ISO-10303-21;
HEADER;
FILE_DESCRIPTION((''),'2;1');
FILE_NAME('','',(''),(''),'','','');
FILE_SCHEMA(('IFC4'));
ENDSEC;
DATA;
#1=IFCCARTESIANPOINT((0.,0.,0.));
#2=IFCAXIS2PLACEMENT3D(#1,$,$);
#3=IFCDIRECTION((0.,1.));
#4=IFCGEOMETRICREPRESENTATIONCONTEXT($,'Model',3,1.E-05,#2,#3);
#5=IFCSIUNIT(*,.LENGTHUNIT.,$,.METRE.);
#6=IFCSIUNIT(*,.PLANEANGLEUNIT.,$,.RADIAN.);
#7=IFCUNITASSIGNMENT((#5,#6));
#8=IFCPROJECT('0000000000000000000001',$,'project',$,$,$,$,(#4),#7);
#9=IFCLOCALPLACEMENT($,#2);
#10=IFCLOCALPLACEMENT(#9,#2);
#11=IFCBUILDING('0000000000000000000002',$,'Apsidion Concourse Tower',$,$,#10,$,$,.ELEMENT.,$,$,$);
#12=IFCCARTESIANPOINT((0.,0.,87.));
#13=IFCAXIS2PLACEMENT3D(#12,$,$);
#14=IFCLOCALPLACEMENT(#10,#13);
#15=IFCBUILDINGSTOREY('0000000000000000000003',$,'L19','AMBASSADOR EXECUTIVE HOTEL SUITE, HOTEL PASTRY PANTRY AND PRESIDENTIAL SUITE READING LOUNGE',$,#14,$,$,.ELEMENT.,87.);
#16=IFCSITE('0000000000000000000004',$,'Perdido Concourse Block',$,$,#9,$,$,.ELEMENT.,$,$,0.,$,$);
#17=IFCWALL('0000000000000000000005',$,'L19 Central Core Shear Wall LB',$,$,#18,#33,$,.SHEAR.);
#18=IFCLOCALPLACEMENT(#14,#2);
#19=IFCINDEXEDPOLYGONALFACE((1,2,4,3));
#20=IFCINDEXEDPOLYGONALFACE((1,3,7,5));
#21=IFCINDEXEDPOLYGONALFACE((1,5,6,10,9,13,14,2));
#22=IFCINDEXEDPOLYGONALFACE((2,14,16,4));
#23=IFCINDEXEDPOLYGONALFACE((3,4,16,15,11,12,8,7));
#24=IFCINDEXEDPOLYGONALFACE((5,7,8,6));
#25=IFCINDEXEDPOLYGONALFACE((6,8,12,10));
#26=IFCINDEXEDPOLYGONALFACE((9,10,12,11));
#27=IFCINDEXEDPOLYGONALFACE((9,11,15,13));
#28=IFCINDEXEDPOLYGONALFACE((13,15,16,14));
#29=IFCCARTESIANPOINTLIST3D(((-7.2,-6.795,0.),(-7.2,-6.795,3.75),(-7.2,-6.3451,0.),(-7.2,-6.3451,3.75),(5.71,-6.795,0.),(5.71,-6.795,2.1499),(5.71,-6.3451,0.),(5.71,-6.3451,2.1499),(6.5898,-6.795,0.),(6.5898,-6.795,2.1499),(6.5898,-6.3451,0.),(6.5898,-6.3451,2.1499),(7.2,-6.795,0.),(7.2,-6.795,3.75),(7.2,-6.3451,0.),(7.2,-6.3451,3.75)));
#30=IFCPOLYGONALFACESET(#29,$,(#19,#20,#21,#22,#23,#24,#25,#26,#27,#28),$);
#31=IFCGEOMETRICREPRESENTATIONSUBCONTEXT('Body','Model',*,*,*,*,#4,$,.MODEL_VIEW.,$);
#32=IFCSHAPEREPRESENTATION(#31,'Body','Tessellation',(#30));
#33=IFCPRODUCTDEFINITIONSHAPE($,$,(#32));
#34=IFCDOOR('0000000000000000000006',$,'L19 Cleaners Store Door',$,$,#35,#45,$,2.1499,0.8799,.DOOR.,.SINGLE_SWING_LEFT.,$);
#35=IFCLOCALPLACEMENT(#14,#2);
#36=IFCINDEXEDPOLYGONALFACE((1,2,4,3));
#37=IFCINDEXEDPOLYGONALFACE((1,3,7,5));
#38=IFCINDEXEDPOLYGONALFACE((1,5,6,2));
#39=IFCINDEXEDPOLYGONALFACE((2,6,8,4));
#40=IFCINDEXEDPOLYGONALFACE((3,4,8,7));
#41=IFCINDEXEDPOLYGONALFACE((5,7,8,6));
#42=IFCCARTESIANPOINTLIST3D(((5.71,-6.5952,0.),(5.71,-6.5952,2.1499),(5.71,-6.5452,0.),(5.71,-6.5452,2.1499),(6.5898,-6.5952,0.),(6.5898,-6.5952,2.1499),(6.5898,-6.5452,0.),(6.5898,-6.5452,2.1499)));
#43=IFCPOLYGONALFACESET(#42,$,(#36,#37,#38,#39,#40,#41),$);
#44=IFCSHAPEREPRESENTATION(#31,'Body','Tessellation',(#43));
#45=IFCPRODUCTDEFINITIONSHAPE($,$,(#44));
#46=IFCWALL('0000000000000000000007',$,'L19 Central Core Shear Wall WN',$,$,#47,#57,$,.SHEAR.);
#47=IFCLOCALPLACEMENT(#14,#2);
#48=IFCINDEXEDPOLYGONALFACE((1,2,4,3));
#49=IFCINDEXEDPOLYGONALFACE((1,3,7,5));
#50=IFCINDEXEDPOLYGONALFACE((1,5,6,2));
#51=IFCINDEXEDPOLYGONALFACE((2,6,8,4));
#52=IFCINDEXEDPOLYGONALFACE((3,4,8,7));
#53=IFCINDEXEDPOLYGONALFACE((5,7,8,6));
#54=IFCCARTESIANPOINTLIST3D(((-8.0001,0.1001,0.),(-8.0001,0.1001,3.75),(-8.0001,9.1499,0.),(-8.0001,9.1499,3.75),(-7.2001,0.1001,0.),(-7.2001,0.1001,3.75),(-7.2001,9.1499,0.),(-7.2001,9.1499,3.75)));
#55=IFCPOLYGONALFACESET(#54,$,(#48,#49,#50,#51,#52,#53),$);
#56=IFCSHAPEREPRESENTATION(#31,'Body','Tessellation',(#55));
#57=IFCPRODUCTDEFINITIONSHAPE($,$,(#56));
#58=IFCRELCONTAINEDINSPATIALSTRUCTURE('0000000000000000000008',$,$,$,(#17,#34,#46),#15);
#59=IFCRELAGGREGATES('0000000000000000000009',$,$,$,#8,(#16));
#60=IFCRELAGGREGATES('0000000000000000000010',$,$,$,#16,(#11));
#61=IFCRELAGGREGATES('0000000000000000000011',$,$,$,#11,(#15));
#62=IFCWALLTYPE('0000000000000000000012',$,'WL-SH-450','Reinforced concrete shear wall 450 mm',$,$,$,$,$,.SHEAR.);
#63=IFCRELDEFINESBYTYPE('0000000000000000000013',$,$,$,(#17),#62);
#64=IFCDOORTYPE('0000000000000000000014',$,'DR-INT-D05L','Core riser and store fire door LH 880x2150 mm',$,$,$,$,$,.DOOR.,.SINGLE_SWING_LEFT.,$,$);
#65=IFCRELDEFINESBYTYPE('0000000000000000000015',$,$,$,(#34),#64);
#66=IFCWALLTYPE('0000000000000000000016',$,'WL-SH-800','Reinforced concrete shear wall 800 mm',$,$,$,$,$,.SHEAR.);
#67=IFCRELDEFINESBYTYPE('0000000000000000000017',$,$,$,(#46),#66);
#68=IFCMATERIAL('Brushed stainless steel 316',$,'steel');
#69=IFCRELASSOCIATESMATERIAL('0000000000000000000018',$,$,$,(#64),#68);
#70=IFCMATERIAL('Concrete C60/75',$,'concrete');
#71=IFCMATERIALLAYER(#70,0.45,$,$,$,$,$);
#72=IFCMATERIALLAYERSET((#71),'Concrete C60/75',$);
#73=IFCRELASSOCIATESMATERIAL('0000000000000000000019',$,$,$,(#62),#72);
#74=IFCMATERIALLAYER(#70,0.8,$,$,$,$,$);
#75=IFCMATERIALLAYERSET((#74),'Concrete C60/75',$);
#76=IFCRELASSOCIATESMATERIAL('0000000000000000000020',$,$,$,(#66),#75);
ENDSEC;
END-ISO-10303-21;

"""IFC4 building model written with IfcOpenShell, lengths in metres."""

from ifc_helpers import new_model, si_unit, direction, frame, frame_2d, origin, place, context, subcontext, project, spatial, rectangle, extrude, material, layer, layer_set, type_object, element, fill, save


model = new_model("IFC4")

# Units and contexts
model_context = context("Model", 3, precision=1e-05, world=origin(), true_north=direction((0.0, 1.0)))
body_context = subcontext(model_context, "Body", "Model", "MODEL_VIEW")
ifc_project = project(units=[si_unit("LENGTHUNIT", "METRE"), si_unit("PLANEANGLEUNIT", "RADIAN")], contexts=[model_context])

# Site, building, storey
site_placement = place(None, origin())
site = spatial("IfcSite", under=ifc_project, at=site_placement, Name="Perdido Concourse Block", CompositionType="ELEMENT", RefElevation=0.0)
building_placement = place(site_placement, origin())
building = spatial("IfcBuilding", under=site, at=building_placement, Name="Apsidion Concourse Tower", CompositionType="ELEMENT")
storey_placement = place(building_placement, frame((0.0, 0.0, 87.0)))
storey = spatial("IfcBuildingStorey", under=building, at=storey_placement, Name="L19", Description="AMBASSADOR EXECUTIVE HOTEL SUITE, HOTEL PASTRY PANTRY AND PRESIDENTIAL SUITE READING LOUNGE", CompositionType="ELEMENT", Elevation=87.0)

# Shared definitions
ifc_material_1 = material(Name="Brushed stainless steel 316", Category="steel")
door_type_1 = type_object("IfcDoorType", Name="DR-INT-D05L", Description="Core riser and store fire door LH 880x2150 mm", OperationType="SINGLE_SWING_LEFT", PredefinedType="DOOR", material=ifc_material_1)

# Shared definitions
ifc_material_2 = material(Name="Concrete C60/75", Category="concrete")
ifc_layer_1 = layer(ifc_material_2, 0.45)
ifc_layer_set_1 = layer_set([ifc_layer_1], Name="Concrete C60/75")
wall_type_1 = type_object("IfcWallType", Name="WL-SH-450", Description="Reinforced concrete shear wall 450 mm", PredefinedType="SHEAR", material=ifc_layer_set_1)

# Wall, opening, door
wall_1_placement = place(storey_placement, frame((-7.2, -6.5701, 0.0), z_axis=(0.0, 0.0, 1.0), x_axis=(1.0, 0.0, 0.0)))
wall_1 = element("IfcWall", 1, at=wall_1_placement, inside=storey, type_object=wall_type_1, Name="L19 Central Core Shear Wall LB", PredefinedType="SHEAR", context=body_context, shape_type="SweptSolid", body=[
    extrude(rectangle(XDim=14.3999, YDim=0.45, at=frame_2d((7.2, 0.0))), origin(), (0.0, 0.0, 1.0), 3.75),
])
opening_1_placement = place(wall_1_placement, frame((12.9099, 0.0, 0.0)))
opening_1 = element("IfcOpeningElement", 2, at=opening_1_placement, cuts=wall_1, PredefinedType="OPENING", context=body_context, shape_type="SweptSolid", body=[
    extrude(rectangle(XDim=0.8799, YDim=2.1499, at=frame_2d((0.4399, 1.075))), frame((0.0, 0.2349, 0.0), z_axis=(0.0, -1.0, 0.0), x_axis=(1.0, 0.0, 0.0)), (0.0, 0.0, 1.0), 0.47),
])
door_1_placement = place(opening_1_placement, origin())
door_1 = element("IfcDoor", 3, at=door_1_placement, inside=storey, type_object=door_type_1, Name="L19 Cleaners Store Door", OperationType="SINGLE_SWING_LEFT", OverallHeight=2.1499, OverallWidth=0.8799, PredefinedType="DOOR", context=body_context, shape_type="SweptSolid", body=[
    extrude(rectangle(XDim=0.8799, YDim=2.1499, at=frame_2d((0.4399, 1.075))), frame((0.0, 0.0249, 0.0), z_axis=(0.0, -1.0, 0.0), x_axis=(1.0, 0.0, 0.0)), (0.0, 0.0, 1.0), 0.05),
])
fill(opening_1, door_1)

# Wall
ifc_layer_2 = layer(ifc_material_2, 0.8)
ifc_layer_set_2 = layer_set([ifc_layer_2], Name="Concrete C60/75")
wall_type_2 = type_object("IfcWallType", Name="WL-SH-800", Description="Reinforced concrete shear wall 800 mm", PredefinedType="SHEAR", material=ifc_layer_set_2)
wall_2_placement = place(storey_placement, frame((-7.6001, 0.1001, 0.0), z_axis=(0.0, 0.0, 1.0), x_axis=(0.0, 1.0, 0.0)))
element("IfcWall", 4, at=wall_2_placement, inside=storey, type_object=wall_type_2, Name="L19 Central Core Shear Wall WN", PredefinedType="SHEAR", context=body_context, shape_type="SweptSolid", body=[
    extrude(rectangle(XDim=9.0498, YDim=0.8, at=frame_2d((4.5249, 0.0))), origin(), (0.0, 0.0, 1.0), 3.75),
])

save(model, "model.ifc")
